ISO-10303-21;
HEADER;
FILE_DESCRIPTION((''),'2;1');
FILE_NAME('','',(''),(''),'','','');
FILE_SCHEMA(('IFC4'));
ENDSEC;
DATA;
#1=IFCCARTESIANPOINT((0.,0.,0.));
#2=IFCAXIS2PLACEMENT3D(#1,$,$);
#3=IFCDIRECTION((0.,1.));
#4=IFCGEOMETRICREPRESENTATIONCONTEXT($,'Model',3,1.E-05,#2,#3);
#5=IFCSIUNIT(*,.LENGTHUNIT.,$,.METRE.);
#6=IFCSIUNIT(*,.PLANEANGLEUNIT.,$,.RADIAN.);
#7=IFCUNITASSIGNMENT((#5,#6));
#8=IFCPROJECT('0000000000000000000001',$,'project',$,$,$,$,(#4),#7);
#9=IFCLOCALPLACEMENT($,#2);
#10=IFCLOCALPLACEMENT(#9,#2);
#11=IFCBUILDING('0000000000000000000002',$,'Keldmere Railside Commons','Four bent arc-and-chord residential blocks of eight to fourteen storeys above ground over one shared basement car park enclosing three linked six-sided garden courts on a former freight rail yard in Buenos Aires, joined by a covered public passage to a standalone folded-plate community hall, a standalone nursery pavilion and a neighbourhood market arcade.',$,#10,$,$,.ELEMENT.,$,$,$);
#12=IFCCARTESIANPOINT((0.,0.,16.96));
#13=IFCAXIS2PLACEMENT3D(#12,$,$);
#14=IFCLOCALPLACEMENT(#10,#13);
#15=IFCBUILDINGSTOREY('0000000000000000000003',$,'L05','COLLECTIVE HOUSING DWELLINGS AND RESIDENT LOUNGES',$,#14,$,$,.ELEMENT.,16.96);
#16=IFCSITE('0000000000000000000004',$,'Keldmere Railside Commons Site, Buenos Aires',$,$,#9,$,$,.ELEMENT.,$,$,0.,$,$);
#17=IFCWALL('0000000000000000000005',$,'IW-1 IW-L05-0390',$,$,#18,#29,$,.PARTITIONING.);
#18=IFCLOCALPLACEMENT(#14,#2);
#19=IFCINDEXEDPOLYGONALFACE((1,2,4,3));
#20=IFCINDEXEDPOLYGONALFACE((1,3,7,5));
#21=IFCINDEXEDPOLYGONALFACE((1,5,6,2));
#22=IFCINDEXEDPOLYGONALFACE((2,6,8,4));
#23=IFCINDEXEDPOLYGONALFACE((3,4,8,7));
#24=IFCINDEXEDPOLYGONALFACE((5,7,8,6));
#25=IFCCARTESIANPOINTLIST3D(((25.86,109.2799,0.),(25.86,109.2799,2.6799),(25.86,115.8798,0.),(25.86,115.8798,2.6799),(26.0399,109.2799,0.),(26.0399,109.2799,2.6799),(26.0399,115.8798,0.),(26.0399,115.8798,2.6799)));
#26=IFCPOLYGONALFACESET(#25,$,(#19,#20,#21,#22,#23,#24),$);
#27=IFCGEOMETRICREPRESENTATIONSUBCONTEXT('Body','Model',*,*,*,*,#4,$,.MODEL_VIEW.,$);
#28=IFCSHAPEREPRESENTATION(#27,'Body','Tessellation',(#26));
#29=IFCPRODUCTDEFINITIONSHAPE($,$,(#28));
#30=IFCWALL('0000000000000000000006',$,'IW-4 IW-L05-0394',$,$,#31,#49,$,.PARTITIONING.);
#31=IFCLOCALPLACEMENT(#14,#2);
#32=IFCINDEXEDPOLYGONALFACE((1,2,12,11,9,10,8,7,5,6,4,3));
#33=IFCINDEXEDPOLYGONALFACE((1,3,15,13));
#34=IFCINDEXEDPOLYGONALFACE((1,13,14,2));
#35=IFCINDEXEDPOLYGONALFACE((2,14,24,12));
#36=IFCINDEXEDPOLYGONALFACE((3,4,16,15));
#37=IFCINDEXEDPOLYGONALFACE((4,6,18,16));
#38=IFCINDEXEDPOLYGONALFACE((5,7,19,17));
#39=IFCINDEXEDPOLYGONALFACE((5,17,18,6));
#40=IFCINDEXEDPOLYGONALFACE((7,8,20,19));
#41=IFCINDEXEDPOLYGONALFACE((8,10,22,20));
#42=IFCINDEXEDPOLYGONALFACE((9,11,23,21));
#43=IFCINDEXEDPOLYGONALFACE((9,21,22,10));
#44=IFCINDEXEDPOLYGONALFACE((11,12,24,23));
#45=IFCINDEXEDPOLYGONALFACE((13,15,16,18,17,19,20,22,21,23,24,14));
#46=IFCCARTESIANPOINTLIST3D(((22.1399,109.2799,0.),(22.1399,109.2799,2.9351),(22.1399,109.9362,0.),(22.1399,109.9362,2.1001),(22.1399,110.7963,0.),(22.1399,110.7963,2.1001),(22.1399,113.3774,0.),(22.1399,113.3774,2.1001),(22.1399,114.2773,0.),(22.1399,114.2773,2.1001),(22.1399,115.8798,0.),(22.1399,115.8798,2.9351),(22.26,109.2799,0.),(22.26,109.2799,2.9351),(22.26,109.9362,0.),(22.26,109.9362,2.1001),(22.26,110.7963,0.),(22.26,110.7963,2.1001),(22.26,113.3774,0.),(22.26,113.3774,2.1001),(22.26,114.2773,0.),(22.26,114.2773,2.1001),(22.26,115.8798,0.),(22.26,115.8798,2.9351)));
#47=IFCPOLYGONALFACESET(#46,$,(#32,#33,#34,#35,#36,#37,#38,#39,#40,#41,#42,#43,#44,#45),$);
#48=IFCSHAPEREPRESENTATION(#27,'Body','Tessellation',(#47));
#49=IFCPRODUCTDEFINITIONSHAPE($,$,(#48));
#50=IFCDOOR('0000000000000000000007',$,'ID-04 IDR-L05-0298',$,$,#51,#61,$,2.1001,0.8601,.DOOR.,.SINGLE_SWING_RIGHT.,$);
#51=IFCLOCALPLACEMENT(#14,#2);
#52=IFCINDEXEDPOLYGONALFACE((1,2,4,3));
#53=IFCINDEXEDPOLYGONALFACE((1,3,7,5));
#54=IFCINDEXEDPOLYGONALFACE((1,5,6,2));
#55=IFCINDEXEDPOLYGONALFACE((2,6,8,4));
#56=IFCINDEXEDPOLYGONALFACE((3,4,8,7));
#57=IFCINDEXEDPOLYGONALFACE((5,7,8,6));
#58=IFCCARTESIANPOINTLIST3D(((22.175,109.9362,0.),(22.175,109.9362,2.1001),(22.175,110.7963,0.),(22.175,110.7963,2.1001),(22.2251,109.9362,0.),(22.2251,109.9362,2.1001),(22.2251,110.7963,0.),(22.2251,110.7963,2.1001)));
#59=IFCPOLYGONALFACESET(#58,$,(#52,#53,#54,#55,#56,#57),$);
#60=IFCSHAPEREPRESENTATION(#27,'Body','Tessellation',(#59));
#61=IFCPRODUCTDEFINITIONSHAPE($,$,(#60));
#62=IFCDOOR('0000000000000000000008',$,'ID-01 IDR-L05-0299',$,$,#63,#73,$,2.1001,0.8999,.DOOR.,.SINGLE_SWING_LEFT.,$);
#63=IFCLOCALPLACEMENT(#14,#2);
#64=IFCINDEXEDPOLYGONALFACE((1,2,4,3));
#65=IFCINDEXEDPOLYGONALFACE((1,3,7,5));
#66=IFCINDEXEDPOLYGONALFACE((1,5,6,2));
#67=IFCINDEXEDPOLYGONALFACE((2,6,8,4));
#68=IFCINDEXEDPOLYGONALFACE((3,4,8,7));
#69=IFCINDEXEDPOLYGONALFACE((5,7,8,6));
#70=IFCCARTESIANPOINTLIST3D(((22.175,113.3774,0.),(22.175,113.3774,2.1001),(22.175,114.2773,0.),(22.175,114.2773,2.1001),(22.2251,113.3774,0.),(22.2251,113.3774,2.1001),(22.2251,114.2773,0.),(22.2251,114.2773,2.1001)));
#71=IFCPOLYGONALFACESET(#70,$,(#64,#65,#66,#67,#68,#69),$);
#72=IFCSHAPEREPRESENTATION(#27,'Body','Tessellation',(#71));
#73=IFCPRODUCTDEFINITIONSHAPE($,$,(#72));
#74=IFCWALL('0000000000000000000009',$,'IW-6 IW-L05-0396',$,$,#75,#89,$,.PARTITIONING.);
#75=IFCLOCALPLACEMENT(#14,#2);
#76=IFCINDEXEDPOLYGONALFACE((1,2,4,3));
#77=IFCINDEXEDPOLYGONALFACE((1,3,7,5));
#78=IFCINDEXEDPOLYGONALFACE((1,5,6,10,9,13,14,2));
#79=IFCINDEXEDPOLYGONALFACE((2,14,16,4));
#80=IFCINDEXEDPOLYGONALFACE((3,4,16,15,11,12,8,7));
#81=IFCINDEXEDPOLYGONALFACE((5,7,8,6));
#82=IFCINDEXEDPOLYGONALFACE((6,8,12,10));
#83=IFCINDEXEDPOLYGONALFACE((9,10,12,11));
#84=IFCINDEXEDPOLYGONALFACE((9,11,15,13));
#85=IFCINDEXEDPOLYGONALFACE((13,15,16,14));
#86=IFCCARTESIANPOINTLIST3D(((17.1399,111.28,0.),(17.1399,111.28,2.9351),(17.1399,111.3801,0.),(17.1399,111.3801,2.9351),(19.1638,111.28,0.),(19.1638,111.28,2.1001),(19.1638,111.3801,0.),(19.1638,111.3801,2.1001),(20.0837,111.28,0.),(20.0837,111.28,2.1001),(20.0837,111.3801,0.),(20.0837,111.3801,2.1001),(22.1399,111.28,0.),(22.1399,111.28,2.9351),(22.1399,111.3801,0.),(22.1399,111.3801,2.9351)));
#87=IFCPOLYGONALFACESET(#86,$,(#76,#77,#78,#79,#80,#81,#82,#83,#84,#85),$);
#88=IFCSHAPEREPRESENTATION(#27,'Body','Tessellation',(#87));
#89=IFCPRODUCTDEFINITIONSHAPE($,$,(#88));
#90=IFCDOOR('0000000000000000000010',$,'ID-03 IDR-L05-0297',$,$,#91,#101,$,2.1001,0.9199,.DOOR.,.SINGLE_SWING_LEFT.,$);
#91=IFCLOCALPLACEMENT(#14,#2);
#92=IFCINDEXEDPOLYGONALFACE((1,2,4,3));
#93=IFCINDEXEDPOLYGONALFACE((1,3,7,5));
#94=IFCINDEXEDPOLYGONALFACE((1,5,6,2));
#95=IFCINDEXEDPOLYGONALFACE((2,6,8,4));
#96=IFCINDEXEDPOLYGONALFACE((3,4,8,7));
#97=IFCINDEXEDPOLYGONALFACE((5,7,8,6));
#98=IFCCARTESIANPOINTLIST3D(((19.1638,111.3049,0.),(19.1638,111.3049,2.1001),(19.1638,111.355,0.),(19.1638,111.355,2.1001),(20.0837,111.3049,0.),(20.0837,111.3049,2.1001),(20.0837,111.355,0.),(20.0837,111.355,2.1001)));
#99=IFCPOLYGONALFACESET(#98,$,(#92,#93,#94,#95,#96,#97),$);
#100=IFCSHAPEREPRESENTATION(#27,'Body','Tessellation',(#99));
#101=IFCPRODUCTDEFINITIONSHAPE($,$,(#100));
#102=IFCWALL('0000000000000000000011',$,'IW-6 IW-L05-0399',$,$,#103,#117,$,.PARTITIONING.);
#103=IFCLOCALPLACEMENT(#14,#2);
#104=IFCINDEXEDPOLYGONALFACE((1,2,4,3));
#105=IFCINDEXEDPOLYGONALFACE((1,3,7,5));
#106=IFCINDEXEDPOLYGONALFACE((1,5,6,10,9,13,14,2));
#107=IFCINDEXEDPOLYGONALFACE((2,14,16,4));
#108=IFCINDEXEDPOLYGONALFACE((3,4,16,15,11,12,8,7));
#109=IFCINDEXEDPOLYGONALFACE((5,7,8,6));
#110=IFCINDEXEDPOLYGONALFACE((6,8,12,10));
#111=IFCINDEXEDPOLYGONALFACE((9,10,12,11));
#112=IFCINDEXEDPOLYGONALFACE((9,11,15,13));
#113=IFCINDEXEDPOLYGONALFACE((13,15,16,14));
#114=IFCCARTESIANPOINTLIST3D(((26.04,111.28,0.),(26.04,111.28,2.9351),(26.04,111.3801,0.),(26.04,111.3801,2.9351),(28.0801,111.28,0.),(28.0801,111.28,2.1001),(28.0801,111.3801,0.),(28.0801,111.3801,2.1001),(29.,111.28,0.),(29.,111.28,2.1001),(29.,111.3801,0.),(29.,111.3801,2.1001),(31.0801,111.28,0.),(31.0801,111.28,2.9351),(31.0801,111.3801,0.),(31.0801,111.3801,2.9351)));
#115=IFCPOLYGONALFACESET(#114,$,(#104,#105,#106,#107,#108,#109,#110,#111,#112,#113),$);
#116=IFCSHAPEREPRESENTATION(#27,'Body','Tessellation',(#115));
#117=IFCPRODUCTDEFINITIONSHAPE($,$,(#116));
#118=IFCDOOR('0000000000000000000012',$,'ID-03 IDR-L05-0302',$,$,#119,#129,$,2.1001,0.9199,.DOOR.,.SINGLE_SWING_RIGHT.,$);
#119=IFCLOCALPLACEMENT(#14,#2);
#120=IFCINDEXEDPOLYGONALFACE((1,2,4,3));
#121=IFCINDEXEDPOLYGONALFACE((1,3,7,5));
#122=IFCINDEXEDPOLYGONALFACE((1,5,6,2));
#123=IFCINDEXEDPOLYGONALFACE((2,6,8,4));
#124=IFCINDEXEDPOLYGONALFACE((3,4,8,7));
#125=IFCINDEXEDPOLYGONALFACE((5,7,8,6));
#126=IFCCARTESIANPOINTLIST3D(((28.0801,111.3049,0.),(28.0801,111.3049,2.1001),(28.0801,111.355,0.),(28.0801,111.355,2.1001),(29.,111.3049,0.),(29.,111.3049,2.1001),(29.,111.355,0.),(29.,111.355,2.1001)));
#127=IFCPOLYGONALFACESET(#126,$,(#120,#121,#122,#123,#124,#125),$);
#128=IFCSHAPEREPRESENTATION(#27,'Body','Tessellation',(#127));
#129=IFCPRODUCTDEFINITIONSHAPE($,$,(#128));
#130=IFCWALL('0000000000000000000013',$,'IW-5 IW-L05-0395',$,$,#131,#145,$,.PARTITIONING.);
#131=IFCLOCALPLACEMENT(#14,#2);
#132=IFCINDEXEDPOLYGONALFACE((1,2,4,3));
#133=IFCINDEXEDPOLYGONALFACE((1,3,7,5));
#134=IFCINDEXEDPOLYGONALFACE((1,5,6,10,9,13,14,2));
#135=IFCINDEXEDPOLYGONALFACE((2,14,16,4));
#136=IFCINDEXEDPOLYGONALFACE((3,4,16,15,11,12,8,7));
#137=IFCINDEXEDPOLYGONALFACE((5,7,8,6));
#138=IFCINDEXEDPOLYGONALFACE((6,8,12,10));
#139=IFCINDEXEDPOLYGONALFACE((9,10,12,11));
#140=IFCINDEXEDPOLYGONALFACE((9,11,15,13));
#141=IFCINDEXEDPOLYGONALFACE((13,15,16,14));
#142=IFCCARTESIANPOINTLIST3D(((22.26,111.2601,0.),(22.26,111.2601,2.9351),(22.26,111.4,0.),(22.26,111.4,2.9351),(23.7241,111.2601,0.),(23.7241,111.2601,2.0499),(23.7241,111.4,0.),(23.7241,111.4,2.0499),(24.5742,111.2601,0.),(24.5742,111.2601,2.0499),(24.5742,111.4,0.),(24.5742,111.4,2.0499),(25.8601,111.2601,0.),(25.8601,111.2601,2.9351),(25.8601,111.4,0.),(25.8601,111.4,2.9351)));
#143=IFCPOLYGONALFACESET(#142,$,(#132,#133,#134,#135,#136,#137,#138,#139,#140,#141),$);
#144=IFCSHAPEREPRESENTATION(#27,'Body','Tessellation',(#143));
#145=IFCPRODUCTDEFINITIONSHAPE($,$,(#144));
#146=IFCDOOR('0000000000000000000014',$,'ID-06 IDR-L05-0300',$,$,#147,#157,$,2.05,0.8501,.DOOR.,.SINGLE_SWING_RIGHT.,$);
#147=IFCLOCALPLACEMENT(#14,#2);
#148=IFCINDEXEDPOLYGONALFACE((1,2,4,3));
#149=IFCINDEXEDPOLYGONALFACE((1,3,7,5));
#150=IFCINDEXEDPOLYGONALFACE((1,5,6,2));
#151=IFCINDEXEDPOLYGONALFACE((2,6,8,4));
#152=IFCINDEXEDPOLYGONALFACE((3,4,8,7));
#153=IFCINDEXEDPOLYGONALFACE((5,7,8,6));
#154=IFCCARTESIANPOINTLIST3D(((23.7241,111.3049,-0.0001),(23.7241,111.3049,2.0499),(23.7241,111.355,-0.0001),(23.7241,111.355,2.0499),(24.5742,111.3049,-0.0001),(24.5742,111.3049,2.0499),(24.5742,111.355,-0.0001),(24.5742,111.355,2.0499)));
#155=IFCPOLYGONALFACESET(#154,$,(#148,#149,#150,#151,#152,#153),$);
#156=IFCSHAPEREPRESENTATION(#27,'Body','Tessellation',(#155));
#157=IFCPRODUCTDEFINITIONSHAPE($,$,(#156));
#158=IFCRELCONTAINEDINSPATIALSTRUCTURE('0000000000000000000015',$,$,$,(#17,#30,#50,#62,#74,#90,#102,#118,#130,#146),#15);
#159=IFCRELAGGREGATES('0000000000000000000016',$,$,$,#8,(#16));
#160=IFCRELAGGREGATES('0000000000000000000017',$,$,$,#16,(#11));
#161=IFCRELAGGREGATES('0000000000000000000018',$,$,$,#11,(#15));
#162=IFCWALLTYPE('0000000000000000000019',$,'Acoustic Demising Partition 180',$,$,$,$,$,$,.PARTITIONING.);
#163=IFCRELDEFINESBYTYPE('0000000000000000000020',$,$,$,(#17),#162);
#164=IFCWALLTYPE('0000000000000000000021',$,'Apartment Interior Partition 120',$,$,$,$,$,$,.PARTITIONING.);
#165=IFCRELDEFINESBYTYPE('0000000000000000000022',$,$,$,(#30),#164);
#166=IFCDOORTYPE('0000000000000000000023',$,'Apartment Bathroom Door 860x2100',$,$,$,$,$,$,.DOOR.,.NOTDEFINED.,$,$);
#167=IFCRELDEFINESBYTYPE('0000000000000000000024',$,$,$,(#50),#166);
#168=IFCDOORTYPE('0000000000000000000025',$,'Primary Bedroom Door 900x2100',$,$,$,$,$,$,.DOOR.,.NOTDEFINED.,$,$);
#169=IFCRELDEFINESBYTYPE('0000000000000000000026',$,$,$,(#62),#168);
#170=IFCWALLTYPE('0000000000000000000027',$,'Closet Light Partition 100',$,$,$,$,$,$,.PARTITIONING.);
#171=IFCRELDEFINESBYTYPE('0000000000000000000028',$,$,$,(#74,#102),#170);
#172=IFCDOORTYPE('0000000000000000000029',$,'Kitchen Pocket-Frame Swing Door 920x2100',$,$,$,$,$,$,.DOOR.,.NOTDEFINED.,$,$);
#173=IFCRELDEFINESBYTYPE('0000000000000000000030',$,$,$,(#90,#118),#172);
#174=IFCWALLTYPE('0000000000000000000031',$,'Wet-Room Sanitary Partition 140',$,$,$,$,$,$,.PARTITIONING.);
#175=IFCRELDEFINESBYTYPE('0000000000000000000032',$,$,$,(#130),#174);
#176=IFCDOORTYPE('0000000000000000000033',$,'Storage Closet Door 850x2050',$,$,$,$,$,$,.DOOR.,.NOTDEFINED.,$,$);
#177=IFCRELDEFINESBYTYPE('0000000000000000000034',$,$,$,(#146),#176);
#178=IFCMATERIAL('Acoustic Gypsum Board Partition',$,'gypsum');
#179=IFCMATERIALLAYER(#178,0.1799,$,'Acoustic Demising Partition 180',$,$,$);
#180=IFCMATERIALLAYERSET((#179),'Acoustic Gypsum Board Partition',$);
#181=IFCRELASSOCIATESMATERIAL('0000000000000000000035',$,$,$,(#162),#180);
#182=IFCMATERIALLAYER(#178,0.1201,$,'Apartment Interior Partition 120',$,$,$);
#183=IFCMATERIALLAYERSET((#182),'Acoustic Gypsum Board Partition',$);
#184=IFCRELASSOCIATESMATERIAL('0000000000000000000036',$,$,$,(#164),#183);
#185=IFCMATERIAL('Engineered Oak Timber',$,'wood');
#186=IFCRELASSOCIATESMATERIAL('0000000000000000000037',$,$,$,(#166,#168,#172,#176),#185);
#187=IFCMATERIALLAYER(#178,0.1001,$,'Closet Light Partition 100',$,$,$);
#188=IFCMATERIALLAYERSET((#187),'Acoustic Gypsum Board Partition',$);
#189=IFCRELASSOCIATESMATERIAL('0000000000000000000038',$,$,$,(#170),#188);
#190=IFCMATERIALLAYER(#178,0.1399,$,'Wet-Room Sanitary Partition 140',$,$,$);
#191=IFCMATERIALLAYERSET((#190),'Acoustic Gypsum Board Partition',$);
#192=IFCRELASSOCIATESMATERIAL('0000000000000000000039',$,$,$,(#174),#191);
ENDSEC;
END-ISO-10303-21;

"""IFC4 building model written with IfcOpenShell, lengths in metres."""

from ifc_helpers import new_model, si_unit, direction, frame, frame_2d, origin, place, context, subcontext, project, spatial, rectangle, extrude, material, layer, layer_set, type_object, element, fill, save


model = new_model("IFC4")

# Units and contexts
model_context = context("Model", 3, precision=1e-05, world=origin(), true_north=direction((0.0, 1.0)))
body_context = subcontext(model_context, "Body", "Model", "MODEL_VIEW")
ifc_project = project(units=[si_unit("LENGTHUNIT", "METRE"), si_unit("PLANEANGLEUNIT", "RADIAN")], contexts=[model_context])

# Site, building, storey
site_placement = place(None, origin())
site = spatial("IfcSite", under=ifc_project, at=site_placement, Name="Keldmere Railside Commons Site, Buenos Aires", CompositionType="ELEMENT", RefElevation=0.0)
building_placement = place(site_placement, origin())
building = spatial("IfcBuilding", under=site, at=building_placement, Name="Keldmere Railside Commons", Description="Four bent arc-and-chord residential blocks of eight to fourteen storeys above ground over one shared basement car park enclosing three linked six-sided garden courts on a former freight rail yard in Buenos Aires, joined by a covered public passage to a standalone folded-plate community hall, a standalone nursery pavilion and a neighbourhood market arcade.", CompositionType="ELEMENT")
storey_placement = place(building_placement, frame((0.0, 0.0, 16.96)))
storey = spatial("IfcBuildingStorey", under=building, at=storey_placement, Name="L05", Description="COLLECTIVE HOUSING DWELLINGS AND RESIDENT LOUNGES", CompositionType="ELEMENT", Elevation=16.96)

# Wall
ifc_material_1 = material(Name="Acoustic Gypsum Board Partition", Category="gypsum")
ifc_layer_1 = layer(ifc_material_1, 0.1799, Name="Acoustic Demising Partition 180")
ifc_layer_set_1 = layer_set([ifc_layer_1], Name="Acoustic Gypsum Board Partition")
wall_type_1 = type_object("IfcWallType", Name="Acoustic Demising Partition 180", PredefinedType="PARTITIONING", material=ifc_layer_set_1)
wall_1_placement = place(storey_placement, frame((25.95, 109.28, 0.0), z_axis=(0.0, 0.0, 1.0), x_axis=(0.0, 1.0, 0.0)))
element("IfcWall", 1, at=wall_1_placement, inside=storey, type_object=wall_type_1, Name="IW-1 IW-L05-0390", PredefinedType="PARTITIONING", context=body_context, shape_type="SweptSolid", body=[
    extrude(rectangle(XDim=6.5999, YDim=0.1799, at=frame_2d((3.2998, 0.0))), origin(), (0.0, 0.0, 1.0), 2.6799),
])

# Wall, openings, doors
ifc_layer_2 = layer(ifc_material_1, 0.1201, Name="Apartment Interior Partition 120")
ifc_layer_set_2 = layer_set([ifc_layer_2], Name="Acoustic Gypsum Board Partition")
wall_type_2 = type_object("IfcWallType", Name="Apartment Interior Partition 120", PredefinedType="PARTITIONING", material=ifc_layer_set_2)
wall_2_placement = place(storey_placement, frame((22.2, 109.28, 0.0), z_axis=(0.0, 0.0, 1.0), x_axis=(0.0, 1.0, 0.0)))
wall_2 = element("IfcWall", 2, at=wall_2_placement, inside=storey, type_object=wall_type_2, Name="IW-4 IW-L05-0394", PredefinedType="PARTITIONING", context=body_context, shape_type="SweptSolid", body=[
    extrude(rectangle(XDim=6.5999, YDim=0.1201, at=frame_2d((3.2998, 0.0))), origin(), (0.0, 0.0, 1.0), 2.9351),
])
opening_1_placement = place(wall_2_placement, frame((0.656, 0.0, 0.0)))
opening_1 = element("IfcOpeningElement", 3, at=opening_1_placement, cuts=wall_2, PredefinedType="OPENING", context=body_context, shape_type="SweptSolid", body=[
    extrude(rectangle(XDim=0.8601, YDim=2.1001, at=frame_2d((0.4302, 1.05))), frame((0.0, 0.0701, 0.0), z_axis=(0.0, -1.0, 0.0), x_axis=(1.0, 0.0, 0.0)), (0.0, 0.0, 1.0), 0.1401),
])
opening_2_placement = place(wall_2_placement, frame((4.0974, 0.0, 0.0)))
opening_2 = element("IfcOpeningElement", 4, at=opening_2_placement, cuts=wall_2, PredefinedType="OPENING", context=body_context, shape_type="SweptSolid", body=[
    extrude(rectangle(XDim=0.8999, YDim=2.1001, at=frame_2d((0.45, 1.05))), frame((0.0, 0.0701, 0.0), z_axis=(0.0, -1.0, 0.0), x_axis=(1.0, 0.0, 0.0)), (0.0, 0.0, 1.0), 0.1401),
])
ifc_material_2 = material(Name="Engineered Oak Timber", Category="wood")
door_type_1 = type_object("IfcDoorType", Name="Apartment Bathroom Door 860x2100", OperationType="NOTDEFINED", PredefinedType="DOOR", material=ifc_material_2)
door_1_placement = place(opening_1_placement, origin())
door_1 = element("IfcDoor", 5, at=door_1_placement, inside=storey, type_object=door_type_1, Name="ID-04 IDR-L05-0298", OperationType="SINGLE_SWING_RIGHT", OverallHeight=2.1001, OverallWidth=0.8601, PredefinedType="DOOR", context=body_context, shape_type="SweptSolid", body=[
    extrude(rectangle(XDim=0.8601, YDim=2.1001, at=frame_2d((0.4302, 1.05))), frame((0.0, 0.0249, 0.0), z_axis=(0.0, -1.0, 0.0), x_axis=(1.0, 0.0, 0.0)), (0.0, 0.0, 1.0), 0.05),
])
fill(opening_1, door_1)
door_type_2 = type_object("IfcDoorType", Name="Primary Bedroom Door 900x2100", OperationType="NOTDEFINED", PredefinedType="DOOR", material=ifc_material_2)
door_2_placement = place(opening_2_placement, origin())
door_2 = element("IfcDoor", 6, at=door_2_placement, inside=storey, type_object=door_type_2, Name="ID-01 IDR-L05-0299", OperationType="SINGLE_SWING_LEFT", OverallHeight=2.1001, OverallWidth=0.8999, PredefinedType="DOOR", context=body_context, shape_type="SweptSolid", body=[
    extrude(rectangle(XDim=0.8999, YDim=2.1001, at=frame_2d((0.45, 1.05))), frame((0.0, 0.0249, 0.0), z_axis=(0.0, -1.0, 0.0), x_axis=(1.0, 0.0, 0.0)), (0.0, 0.0, 1.0), 0.05),
])
fill(opening_2, door_2)

# Walls, openings, doors
ifc_layer_3 = layer(ifc_material_1, 0.1001, Name="Closet Light Partition 100")
ifc_layer_set_3 = layer_set([ifc_layer_3], Name="Acoustic Gypsum Board Partition")
wall_type_3 = type_object("IfcWallType", Name="Closet Light Partition 100", PredefinedType="PARTITIONING", material=ifc_layer_set_3)
wall_3_placement = place(storey_placement, frame((17.1399, 111.3301, 0.0), z_axis=(0.0, 0.0, 1.0), x_axis=(1.0, 0.0, 0.0)))
wall_3 = element("IfcWall", 7, at=wall_3_placement, inside=storey, type_object=wall_type_3, Name="IW-6 IW-L05-0396", PredefinedType="PARTITIONING", context=body_context, shape_type="SweptSolid", body=[
    extrude(rectangle(XDim=5.0, YDim=0.1001, at=frame_2d((2.5, 0.0))), origin(), (0.0, 0.0, 1.0), 2.9351),
])
opening_3_placement = place(wall_3_placement, frame((2.0239, 0.0, 0.0)))
opening_3 = element("IfcOpeningElement", 8, at=opening_3_placement, cuts=wall_3, PredefinedType="OPENING", context=body_context, shape_type="SweptSolid", body=[
    extrude(rectangle(XDim=0.9199, YDim=2.1001, at=frame_2d((0.46, 1.05))), frame((0.0, 0.0601, 0.0), z_axis=(0.0, -1.0, 0.0), x_axis=(1.0, 0.0, 0.0)), (0.0, 0.0, 1.0), 0.1201),
])
door_type_3 = type_object("IfcDoorType", Name="Kitchen Pocket-Frame Swing Door 920x2100", OperationType="NOTDEFINED", PredefinedType="DOOR", material=ifc_material_2)
door_3_placement = place(opening_3_placement, origin())
door_3 = element("IfcDoor", 9, at=door_3_placement, inside=storey, type_object=door_type_3, Name="ID-03 IDR-L05-0297", OperationType="SINGLE_SWING_LEFT", OverallHeight=2.1001, OverallWidth=0.9199, PredefinedType="DOOR", context=body_context, shape_type="SweptSolid", body=[
    extrude(rectangle(XDim=0.9199, YDim=2.1001, at=frame_2d((0.46, 1.05))), frame((0.0, 0.0249, 0.0), z_axis=(0.0, -1.0, 0.0), x_axis=(1.0, 0.0, 0.0)), (0.0, 0.0, 1.0), 0.05),
])
fill(opening_3, door_3)
wall_4_placement = place(storey_placement, frame((26.04, 111.3301, 0.0), z_axis=(0.0, 0.0, 1.0), x_axis=(1.0, 0.0, 0.0)))
wall_4 = element("IfcWall", 10, at=wall_4_placement, inside=storey, type_object=wall_type_3, Name="IW-6 IW-L05-0399", PredefinedType="PARTITIONING", context=body_context, shape_type="SweptSolid", body=[
    extrude(rectangle(XDim=5.04, YDim=0.1001, at=frame_2d((2.52, 0.0))), origin(), (0.0, 0.0, 1.0), 2.9351),
])
opening_4_placement = place(wall_4_placement, frame((2.04, 0.0, 0.0)))
opening_4 = element("IfcOpeningElement", 11, at=opening_4_placement, cuts=wall_4, PredefinedType="OPENING", context=body_context, shape_type="SweptSolid", body=[
    extrude(rectangle(XDim=0.9199, YDim=2.1001, at=frame_2d((0.46, 1.05))), frame((0.0, 0.0601, 0.0), z_axis=(0.0, -1.0, 0.0), x_axis=(1.0, 0.0, 0.0)), (0.0, 0.0, 1.0), 0.1201),
])
door_4_placement = place(opening_4_placement, origin())
door_4 = element("IfcDoor", 12, at=door_4_placement, inside=storey, type_object=door_type_3, Name="ID-03 IDR-L05-0302", OperationType="SINGLE_SWING_RIGHT", OverallHeight=2.1001, OverallWidth=0.9199, PredefinedType="DOOR", context=body_context, shape_type="SweptSolid", body=[
    extrude(rectangle(XDim=0.9199, YDim=2.1001, at=frame_2d((0.46, 1.05))), frame((0.0, 0.0249, 0.0), z_axis=(0.0, -1.0, 0.0), x_axis=(1.0, 0.0, 0.0)), (0.0, 0.0, 1.0), 0.05),
])
fill(opening_4, door_4)
ifc_layer_4 = layer(ifc_material_1, 0.1399, Name="Wet-Room Sanitary Partition 140")
ifc_layer_set_4 = layer_set([ifc_layer_4], Name="Acoustic Gypsum Board Partition")
wall_type_4 = type_object("IfcWallType", Name="Wet-Room Sanitary Partition 140", PredefinedType="PARTITIONING", material=ifc_layer_set_4)
wall_5_placement = place(storey_placement, frame((22.26, 111.3301, 0.0), z_axis=(0.0, 0.0, 1.0), x_axis=(1.0, 0.0, 0.0)))
wall_5 = element("IfcWall", 13, at=wall_5_placement, inside=storey, type_object=wall_type_4, Name="IW-5 IW-L05-0395", PredefinedType="PARTITIONING", context=body_context, shape_type="SweptSolid", body=[
    extrude(rectangle(XDim=3.6001, YDim=0.1399, at=frame_2d((1.8, 0.0))), origin(), (0.0, 0.0, 1.0), 2.9351),
])
opening_5_placement = place(wall_5_placement, frame((1.4641, 0.0, 0.0)))
opening_5 = element("IfcOpeningElement", 14, at=opening_5_placement, cuts=wall_5, PredefinedType="OPENING", context=body_context, shape_type="SweptSolid", body=[
    extrude(rectangle(XDim=0.8501, YDim=2.05, at=frame_2d((0.425, 1.0249))), frame((0.0, 0.0798, 0.0), z_axis=(0.0, -1.0, 0.0), x_axis=(1.0, 0.0, 0.0)), (0.0, 0.0, 1.0), 0.1599),
])
door_type_4 = type_object("IfcDoorType", Name="Storage Closet Door 850x2050", OperationType="NOTDEFINED", PredefinedType="DOOR", material=ifc_material_2)
door_5_placement = place(opening_5_placement, origin())
door_5 = element("IfcDoor", 15, at=door_5_placement, inside=storey, type_object=door_type_4, Name="ID-06 IDR-L05-0300", OperationType="SINGLE_SWING_RIGHT", OverallHeight=2.05, OverallWidth=0.8501, PredefinedType="DOOR", context=body_context, shape_type="SweptSolid", body=[
    extrude(rectangle(XDim=0.8501, YDim=2.05, at=frame_2d((0.425, 1.0249))), frame((0.0, 0.0249, 0.0), z_axis=(0.0, -1.0, 0.0), x_axis=(1.0, 0.0, 0.0)), (0.0, 0.0, 1.0), 0.05),
])
fill(opening_5, door_5)

save(model, "model.ifc")
